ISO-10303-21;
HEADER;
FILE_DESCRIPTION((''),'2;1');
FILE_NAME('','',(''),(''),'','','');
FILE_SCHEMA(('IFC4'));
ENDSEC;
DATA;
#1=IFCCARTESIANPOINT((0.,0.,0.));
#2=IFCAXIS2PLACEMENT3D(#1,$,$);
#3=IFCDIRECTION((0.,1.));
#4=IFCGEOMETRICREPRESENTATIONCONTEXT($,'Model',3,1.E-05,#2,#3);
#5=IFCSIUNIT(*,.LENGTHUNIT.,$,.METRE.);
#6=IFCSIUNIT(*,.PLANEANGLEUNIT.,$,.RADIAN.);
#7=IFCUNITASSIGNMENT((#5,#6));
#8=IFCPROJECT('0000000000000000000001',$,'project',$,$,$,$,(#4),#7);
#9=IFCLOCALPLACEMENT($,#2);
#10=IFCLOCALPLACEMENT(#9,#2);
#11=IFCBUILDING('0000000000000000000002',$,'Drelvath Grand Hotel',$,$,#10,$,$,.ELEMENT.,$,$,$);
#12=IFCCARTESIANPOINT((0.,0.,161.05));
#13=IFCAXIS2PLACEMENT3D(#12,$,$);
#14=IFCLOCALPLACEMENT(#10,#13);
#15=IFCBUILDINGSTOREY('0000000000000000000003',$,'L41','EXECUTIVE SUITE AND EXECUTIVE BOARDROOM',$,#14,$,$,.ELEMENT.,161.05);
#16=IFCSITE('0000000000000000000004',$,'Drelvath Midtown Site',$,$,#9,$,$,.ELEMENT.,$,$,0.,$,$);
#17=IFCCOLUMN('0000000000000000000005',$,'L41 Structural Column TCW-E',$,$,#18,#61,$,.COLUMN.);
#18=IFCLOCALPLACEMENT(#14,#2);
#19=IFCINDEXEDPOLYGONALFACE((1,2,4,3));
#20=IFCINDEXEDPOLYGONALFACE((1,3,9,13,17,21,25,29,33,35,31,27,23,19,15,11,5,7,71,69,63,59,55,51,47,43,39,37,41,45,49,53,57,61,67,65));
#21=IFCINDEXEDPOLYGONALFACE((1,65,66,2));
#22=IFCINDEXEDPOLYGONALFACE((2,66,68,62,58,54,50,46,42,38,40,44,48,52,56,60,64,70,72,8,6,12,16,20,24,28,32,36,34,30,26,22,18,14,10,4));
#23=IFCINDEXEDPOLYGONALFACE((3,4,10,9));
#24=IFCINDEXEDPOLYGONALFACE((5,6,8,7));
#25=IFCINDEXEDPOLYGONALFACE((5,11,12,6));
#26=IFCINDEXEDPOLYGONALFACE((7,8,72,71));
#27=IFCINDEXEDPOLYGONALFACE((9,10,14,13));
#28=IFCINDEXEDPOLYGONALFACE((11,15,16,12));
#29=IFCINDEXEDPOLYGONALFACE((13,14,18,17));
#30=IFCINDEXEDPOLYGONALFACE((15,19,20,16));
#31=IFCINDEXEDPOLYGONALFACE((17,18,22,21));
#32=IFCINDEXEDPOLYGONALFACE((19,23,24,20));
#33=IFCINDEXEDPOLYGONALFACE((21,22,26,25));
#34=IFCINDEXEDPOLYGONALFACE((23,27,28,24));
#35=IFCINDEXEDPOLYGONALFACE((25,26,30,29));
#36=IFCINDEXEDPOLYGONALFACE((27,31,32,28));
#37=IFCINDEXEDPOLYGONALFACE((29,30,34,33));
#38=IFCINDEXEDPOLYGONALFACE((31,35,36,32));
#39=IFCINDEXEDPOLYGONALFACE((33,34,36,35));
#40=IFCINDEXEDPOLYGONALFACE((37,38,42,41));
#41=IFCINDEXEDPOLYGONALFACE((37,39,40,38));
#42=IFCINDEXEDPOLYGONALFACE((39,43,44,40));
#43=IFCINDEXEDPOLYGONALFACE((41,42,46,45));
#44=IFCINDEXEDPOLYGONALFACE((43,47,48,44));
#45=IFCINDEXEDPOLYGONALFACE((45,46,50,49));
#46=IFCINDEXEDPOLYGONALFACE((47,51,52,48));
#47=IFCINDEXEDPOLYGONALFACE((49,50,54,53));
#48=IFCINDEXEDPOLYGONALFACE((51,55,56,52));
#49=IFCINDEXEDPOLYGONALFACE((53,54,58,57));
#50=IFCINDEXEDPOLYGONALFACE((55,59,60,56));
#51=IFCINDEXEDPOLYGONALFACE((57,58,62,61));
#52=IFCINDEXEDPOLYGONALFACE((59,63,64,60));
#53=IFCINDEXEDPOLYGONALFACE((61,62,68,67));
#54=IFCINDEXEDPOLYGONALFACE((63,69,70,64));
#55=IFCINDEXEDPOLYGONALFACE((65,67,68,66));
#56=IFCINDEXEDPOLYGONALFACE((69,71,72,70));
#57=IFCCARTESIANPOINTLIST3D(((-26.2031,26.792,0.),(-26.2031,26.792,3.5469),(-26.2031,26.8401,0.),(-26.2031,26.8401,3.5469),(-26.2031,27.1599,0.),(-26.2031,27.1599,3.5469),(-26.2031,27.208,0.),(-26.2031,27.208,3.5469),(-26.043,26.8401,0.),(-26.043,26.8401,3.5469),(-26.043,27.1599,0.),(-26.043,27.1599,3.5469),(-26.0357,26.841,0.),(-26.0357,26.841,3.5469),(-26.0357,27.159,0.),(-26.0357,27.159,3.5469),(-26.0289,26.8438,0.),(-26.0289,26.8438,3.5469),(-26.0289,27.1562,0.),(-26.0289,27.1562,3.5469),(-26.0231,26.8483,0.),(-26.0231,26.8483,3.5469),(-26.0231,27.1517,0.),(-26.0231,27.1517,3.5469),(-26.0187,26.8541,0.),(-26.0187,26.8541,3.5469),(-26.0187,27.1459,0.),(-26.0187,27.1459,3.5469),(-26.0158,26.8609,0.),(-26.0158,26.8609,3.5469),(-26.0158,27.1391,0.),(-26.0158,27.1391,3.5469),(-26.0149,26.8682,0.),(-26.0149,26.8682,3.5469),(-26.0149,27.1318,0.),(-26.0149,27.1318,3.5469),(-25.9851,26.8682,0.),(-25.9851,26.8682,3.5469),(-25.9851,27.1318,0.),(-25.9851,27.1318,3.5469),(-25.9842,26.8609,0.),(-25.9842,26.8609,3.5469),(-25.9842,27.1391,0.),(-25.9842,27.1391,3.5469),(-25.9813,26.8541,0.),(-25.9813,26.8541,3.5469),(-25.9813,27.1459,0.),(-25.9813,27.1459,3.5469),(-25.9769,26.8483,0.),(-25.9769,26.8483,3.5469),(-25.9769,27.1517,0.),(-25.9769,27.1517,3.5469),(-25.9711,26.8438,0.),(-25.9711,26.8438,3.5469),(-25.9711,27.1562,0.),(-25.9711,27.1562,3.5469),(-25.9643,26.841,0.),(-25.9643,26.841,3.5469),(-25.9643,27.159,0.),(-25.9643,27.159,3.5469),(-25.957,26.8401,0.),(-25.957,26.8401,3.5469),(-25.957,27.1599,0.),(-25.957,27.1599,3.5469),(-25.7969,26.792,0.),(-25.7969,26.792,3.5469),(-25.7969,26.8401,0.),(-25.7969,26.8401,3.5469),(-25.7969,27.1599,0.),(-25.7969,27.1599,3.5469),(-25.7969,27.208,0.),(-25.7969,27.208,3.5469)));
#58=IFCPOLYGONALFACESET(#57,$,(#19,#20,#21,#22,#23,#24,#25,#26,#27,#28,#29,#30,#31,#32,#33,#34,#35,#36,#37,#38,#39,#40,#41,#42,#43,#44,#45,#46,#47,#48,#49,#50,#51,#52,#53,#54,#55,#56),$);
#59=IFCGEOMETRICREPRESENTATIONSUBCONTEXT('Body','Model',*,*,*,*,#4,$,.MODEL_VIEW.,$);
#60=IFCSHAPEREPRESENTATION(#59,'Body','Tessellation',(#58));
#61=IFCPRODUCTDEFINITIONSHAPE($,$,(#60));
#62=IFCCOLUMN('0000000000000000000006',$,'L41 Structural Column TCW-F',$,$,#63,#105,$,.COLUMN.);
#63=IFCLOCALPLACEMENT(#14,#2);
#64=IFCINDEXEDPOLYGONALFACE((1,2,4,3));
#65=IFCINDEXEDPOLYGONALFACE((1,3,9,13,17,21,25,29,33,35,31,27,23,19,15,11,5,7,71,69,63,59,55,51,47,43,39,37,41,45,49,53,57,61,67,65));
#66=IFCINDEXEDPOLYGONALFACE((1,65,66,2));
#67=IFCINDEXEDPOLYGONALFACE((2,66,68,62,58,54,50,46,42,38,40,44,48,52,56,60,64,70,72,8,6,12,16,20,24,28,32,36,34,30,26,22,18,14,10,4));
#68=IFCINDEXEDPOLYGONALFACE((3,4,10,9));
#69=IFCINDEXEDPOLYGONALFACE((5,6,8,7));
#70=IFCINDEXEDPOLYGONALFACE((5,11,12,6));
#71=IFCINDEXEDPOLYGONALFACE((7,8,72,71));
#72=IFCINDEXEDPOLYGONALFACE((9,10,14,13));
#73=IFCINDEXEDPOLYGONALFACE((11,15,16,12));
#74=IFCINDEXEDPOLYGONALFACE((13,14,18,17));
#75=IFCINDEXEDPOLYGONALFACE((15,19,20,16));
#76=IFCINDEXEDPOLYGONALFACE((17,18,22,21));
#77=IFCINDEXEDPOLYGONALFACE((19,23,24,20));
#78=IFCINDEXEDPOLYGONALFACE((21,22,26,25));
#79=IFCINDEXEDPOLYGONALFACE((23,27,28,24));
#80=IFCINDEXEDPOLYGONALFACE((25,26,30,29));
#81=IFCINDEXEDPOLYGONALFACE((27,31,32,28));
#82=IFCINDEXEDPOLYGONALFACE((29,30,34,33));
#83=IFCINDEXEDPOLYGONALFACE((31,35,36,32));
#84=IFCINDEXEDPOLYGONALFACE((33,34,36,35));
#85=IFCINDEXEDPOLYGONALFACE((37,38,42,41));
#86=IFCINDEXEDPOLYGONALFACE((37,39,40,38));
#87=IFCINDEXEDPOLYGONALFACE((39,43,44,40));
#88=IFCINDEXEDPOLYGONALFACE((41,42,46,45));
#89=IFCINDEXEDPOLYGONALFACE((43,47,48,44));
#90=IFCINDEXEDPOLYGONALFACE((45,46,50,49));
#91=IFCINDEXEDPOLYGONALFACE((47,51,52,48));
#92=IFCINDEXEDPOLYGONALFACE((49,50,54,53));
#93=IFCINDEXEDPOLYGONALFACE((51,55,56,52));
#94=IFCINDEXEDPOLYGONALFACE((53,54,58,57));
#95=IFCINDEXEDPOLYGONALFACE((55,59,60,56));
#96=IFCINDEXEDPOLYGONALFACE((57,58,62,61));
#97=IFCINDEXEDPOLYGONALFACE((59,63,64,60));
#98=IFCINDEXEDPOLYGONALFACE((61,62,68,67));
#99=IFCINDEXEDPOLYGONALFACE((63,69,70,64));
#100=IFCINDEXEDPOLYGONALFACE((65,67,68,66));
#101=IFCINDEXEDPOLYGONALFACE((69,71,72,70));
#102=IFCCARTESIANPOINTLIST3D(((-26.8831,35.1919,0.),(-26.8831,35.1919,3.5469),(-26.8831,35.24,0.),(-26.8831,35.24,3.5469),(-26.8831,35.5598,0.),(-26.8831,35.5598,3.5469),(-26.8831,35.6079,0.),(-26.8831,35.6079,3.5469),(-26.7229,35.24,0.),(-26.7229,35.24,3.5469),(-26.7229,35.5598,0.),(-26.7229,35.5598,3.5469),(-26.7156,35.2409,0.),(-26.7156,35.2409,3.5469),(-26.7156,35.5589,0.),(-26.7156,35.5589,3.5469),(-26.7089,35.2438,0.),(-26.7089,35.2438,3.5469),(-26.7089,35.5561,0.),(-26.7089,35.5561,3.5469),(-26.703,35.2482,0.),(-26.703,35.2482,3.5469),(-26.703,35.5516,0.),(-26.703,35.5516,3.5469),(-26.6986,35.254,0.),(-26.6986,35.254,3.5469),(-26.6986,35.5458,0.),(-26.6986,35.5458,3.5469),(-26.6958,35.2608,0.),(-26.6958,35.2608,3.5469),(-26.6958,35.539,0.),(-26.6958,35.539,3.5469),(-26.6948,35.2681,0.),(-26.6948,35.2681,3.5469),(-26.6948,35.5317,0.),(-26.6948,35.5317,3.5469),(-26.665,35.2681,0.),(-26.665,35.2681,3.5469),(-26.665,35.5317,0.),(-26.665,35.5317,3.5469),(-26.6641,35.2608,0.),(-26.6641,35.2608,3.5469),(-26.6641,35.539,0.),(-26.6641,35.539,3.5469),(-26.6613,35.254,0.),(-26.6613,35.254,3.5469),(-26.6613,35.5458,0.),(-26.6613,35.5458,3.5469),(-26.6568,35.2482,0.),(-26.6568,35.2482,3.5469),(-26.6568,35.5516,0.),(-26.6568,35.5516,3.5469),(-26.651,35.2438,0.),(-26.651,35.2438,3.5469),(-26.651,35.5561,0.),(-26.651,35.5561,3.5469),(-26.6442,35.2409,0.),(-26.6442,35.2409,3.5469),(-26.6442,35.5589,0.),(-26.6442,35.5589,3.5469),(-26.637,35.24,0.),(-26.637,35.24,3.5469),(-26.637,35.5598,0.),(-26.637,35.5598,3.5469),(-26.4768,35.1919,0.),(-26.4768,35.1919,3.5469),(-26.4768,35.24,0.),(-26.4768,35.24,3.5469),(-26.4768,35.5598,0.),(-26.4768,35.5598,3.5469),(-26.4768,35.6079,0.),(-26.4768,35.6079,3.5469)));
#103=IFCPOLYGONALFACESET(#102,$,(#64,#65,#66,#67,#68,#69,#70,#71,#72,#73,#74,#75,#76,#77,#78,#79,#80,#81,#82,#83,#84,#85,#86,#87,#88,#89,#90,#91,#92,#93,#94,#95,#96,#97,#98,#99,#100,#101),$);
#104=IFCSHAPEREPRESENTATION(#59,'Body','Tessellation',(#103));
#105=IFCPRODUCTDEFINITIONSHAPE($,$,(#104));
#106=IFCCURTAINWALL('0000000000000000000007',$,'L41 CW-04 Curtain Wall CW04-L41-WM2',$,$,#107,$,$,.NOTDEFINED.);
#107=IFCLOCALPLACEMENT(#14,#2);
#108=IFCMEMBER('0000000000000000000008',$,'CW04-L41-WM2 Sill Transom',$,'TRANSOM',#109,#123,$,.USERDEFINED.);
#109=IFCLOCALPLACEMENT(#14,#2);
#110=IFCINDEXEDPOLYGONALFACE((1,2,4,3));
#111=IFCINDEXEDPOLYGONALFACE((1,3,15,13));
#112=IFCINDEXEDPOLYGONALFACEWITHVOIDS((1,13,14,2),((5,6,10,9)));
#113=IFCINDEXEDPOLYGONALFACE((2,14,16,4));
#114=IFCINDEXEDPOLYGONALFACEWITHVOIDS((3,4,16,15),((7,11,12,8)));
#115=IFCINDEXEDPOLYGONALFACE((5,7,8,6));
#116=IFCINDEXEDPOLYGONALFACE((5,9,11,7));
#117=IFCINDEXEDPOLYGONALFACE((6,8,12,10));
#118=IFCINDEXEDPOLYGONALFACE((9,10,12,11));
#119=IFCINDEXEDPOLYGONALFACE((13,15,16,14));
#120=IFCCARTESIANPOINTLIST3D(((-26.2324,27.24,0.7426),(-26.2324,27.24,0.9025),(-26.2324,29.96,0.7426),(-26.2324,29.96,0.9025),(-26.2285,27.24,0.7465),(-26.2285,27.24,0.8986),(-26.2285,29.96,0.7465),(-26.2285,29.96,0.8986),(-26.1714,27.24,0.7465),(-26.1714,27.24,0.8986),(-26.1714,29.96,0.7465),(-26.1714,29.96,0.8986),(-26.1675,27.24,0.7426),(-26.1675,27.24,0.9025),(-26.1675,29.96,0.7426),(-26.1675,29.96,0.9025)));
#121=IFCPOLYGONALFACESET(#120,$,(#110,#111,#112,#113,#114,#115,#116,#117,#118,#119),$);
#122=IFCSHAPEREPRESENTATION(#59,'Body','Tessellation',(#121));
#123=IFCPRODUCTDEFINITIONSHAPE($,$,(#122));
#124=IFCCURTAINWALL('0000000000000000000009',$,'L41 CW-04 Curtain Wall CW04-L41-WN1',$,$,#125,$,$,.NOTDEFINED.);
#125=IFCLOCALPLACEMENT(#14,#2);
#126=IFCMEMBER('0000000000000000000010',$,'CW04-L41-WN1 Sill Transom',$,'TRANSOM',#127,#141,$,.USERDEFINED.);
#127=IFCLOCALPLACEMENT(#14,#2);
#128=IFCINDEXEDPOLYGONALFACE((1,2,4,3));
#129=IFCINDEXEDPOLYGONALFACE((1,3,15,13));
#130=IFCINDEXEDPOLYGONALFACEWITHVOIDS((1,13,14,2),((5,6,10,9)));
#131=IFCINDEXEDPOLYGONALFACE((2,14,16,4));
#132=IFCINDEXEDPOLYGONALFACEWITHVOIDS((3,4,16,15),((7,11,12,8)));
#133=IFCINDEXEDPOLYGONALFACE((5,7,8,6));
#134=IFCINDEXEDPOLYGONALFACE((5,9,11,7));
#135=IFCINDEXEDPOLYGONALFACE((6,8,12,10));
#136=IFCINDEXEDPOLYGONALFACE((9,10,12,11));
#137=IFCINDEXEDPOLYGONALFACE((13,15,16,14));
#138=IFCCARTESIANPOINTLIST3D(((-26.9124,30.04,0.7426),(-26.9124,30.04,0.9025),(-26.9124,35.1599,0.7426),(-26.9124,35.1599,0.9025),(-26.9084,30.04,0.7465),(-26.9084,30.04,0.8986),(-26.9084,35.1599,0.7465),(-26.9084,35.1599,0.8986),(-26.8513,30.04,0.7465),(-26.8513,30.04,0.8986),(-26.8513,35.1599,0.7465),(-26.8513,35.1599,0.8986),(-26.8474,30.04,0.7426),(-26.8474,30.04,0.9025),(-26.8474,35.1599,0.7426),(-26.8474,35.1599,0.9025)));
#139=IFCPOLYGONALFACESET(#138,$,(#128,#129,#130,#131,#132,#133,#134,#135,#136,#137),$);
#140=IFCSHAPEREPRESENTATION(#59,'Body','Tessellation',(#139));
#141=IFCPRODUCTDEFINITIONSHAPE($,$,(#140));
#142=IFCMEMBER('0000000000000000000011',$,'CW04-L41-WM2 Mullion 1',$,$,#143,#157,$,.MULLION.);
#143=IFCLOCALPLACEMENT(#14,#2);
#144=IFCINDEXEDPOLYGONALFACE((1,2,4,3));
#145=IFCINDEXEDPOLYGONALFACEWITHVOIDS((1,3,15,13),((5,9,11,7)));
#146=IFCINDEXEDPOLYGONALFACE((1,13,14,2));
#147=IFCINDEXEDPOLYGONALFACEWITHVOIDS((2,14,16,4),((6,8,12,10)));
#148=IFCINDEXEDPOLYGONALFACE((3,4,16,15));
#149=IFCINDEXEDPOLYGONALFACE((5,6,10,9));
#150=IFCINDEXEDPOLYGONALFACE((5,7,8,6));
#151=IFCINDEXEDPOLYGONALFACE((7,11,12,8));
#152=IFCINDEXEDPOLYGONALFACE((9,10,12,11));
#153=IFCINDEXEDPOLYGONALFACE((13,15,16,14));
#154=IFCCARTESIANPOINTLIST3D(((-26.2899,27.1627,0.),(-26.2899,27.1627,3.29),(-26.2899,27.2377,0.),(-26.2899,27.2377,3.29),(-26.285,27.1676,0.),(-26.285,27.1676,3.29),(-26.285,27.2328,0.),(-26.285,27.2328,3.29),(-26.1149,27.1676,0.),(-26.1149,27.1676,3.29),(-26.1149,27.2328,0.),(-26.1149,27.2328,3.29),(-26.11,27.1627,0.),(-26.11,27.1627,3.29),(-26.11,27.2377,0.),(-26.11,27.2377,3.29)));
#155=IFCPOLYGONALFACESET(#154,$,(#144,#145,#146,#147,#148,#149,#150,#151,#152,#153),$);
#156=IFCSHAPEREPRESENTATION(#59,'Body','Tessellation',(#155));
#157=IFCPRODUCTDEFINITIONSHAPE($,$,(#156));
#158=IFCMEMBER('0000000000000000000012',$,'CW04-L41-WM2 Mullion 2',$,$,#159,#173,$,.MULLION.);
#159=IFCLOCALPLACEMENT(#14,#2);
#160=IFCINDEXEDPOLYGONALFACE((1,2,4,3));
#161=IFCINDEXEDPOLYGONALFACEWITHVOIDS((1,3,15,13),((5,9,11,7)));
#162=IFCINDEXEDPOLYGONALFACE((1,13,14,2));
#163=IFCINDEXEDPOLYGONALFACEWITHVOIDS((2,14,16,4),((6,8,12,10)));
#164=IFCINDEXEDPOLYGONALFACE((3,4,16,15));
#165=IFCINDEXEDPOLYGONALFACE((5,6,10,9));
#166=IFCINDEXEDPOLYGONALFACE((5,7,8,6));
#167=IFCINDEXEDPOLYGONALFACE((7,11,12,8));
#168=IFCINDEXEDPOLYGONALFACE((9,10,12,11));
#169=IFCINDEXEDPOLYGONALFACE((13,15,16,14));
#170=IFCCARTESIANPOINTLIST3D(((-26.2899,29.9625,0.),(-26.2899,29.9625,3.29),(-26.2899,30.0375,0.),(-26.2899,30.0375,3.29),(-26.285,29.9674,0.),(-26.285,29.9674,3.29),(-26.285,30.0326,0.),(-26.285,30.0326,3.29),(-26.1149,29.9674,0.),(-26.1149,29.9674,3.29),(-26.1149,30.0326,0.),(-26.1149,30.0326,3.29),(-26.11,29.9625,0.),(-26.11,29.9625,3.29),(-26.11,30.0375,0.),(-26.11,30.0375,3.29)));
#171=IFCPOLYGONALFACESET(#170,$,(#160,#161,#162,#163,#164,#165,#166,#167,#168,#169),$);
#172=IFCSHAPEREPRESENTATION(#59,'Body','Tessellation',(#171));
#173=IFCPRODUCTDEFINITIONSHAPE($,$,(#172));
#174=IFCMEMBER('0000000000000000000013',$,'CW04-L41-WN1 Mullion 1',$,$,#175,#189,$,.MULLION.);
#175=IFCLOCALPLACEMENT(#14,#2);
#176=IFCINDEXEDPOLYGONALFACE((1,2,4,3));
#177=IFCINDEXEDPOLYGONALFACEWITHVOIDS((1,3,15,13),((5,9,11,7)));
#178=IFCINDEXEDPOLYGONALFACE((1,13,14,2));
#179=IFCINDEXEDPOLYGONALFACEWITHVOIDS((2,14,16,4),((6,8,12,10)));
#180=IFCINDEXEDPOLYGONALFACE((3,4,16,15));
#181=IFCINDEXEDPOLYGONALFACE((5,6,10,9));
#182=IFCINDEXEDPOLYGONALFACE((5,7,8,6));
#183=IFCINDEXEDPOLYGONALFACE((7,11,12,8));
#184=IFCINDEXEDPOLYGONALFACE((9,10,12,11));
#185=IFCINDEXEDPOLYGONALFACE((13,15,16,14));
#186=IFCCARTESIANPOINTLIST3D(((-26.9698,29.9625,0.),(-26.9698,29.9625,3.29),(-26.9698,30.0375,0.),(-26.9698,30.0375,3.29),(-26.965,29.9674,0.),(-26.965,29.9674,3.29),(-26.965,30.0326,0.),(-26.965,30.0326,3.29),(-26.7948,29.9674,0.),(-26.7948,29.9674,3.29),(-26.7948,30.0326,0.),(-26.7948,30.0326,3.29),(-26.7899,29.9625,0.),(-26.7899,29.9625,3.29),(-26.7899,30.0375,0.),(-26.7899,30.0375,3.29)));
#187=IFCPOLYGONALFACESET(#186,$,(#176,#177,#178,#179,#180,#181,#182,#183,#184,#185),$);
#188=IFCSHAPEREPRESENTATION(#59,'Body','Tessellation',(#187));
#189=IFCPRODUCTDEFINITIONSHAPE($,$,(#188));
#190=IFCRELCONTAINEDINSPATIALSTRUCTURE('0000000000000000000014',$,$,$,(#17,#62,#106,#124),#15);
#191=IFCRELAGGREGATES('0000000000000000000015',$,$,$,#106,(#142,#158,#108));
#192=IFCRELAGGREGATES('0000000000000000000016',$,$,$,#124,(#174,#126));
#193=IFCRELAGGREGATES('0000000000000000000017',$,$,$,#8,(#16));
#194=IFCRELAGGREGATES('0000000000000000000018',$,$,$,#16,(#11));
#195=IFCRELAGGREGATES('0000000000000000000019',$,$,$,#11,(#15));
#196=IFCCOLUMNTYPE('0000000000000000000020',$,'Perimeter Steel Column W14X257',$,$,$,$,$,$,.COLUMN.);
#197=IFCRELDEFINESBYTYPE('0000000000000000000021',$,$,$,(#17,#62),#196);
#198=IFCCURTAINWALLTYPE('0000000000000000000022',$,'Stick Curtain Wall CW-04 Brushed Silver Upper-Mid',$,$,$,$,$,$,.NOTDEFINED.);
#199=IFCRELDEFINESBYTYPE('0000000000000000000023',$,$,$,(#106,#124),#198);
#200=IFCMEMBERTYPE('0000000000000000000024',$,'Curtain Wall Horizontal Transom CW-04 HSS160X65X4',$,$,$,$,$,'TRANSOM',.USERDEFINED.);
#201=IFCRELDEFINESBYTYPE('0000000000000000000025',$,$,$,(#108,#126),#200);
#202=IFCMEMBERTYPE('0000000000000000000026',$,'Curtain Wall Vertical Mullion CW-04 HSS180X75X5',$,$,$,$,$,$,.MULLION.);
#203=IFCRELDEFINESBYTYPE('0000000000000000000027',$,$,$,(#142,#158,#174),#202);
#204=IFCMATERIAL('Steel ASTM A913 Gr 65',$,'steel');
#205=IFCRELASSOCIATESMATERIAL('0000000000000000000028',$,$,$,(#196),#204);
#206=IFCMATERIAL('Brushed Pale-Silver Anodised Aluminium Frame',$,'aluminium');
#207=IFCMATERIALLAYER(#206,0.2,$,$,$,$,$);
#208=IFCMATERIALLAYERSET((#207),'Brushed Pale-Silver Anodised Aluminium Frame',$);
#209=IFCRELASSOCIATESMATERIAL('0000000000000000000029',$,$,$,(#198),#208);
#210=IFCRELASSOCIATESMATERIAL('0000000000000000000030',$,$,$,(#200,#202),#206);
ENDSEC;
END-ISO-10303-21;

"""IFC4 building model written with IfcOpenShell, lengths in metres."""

from ifc_helpers import new_model, si_unit, direction, frame, origin, origin_2d, place, context, subcontext, project, spatial, hollow_rectangle, i_section, extrude, material, layer, layer_set, material_profile, profile_set, type_object, element, aggregate, save


model = new_model("IFC4")

# Units and contexts
model_context = context("Model", 3, precision=1e-05, world=origin(), true_north=direction((0.0, 1.0)))
body_context = subcontext(model_context, "Body", "Model", "MODEL_VIEW")
ifc_project = project(units=[si_unit("LENGTHUNIT", "METRE"), si_unit("PLANEANGLEUNIT", "RADIAN")], contexts=[model_context])

# Site, building, storey
site_placement = place(None, origin())
site = spatial("IfcSite", under=ifc_project, at=site_placement, Name="Drelvath Midtown Site", CompositionType="ELEMENT", RefElevation=0.0)
building_placement = place(site_placement, origin())
building = spatial("IfcBuilding", under=site, at=building_placement, Name="Drelvath Grand Hotel", CompositionType="ELEMENT")
storey_placement = place(building_placement, frame((0.0, 0.0, 161.05)))
storey = spatial("IfcBuildingStorey", under=building, at=storey_placement, Name="L41", Description="EXECUTIVE SUITE AND EXECUTIVE BOARDROOM", CompositionType="ELEMENT", Elevation=161.05)

# Columns
ifc_material_1 = material(Name="Steel ASTM A913 Gr 65", Category="steel")
ifc_material_profile_1 = material_profile(ifc_material_1, i_section(OverallWidth=0.4062, OverallDepth=0.416, WebThickness=0.0298, FlangeThickness=0.0481, FilletRadius=0.0281, at=origin_2d()), Name="W14X257")
ifc_profile_set_1 = profile_set([ifc_material_profile_1], Name="Steel ASTM A913 Gr 65")
column_type = type_object("IfcColumnType", Name="Perimeter Steel Column W14X257", PredefinedType="COLUMN", material=ifc_profile_set_1)
for number, where, z_axis, x_axis, name in (
    (1, (-26.0, 27.0, 0.0), (0.0, 0.0, 1.0), (1.0, 0.0, 0.0), "L41 Structural Column TCW-E"),
    (2, (-26.6799, 35.3999, 0.0), (0.0, 0.0, 1.0), (1.0, 0.0, 0.0), "L41 Structural Column TCW-F"),
):
    element("IfcColumn", number, at=place(storey_placement, frame(where, z_axis=z_axis, x_axis=x_axis)), inside=storey, type_object=column_type, Name=name, PredefinedType="COLUMN", context=body_context, shape_type="SweptSolid", body=[
        extrude(i_section(OverallWidth=0.4062, OverallDepth=0.416, WebThickness=0.0298, FlangeThickness=0.0481, FilletRadius=0.0281, at=origin_2d()), origin(), (0.0, 0.0, 1.0), 3.5469),
    ])

# Curtain walls, members
ifc_material_2 = material(Name="Brushed Pale-Silver Anodised Aluminium Frame", Category="aluminium")
ifc_layer_1 = layer(ifc_material_2, 0.2)
ifc_layer_set_1 = layer_set([ifc_layer_1], Name="Brushed Pale-Silver Anodised Aluminium Frame")
curtain_wall_type = type_object("IfcCurtainWallType", Name="Stick Curtain Wall CW-04 Brushed Silver Upper-Mid", PredefinedType="NOTDEFINED", material=ifc_layer_set_1)
curtain_wall_1_placement = place(storey_placement, origin())
curtain_wall_1 = element("IfcCurtainWall", 3, at=curtain_wall_1_placement, inside=storey, type_object=curtain_wall_type, Name="L41 CW-04 Curtain Wall CW04-L41-WM2", PredefinedType="NOTDEFINED")
ifc_material_profile_2 = material_profile(ifc_material_2, hollow_rectangle(XDim=0.0649, YDim=0.1599, WallThickness=0.0039, at=origin_2d()), Name="HSS160X65X4")
ifc_profile_set_2 = profile_set([ifc_material_profile_2], Name="Brushed Pale-Silver Anodised Aluminium Frame")
member_type_1 = type_object("IfcMemberType", Name="Curtain Wall Horizontal Transom CW-04 HSS160X65X4", ElementType="TRANSOM", PredefinedType="USERDEFINED", material=ifc_profile_set_2)
member_1_placement = place(storey_placement, frame((-26.2, 27.24, 0.8225), z_axis=(0.0, 1.0, 0.0), x_axis=(-1.0, 0.0, 0.0)))
member_1 = element("IfcMember", 4, at=member_1_placement, type_object=member_type_1, Name="CW04-L41-WM2 Sill Transom", ObjectType="TRANSOM", PredefinedType="USERDEFINED", context=body_context, shape_type="SweptSolid", body=[
    extrude(hollow_rectangle(XDim=0.0649, YDim=0.1599, WallThickness=0.0039, at=origin_2d()), origin(), (0.0, 0.0, 1.0), 2.72),
])
curtain_wall_2_placement = place(storey_placement, origin())
curtain_wall_2 = element("IfcCurtainWall", 5, at=curtain_wall_2_placement, inside=storey, type_object=curtain_wall_type, Name="L41 CW-04 Curtain Wall CW04-L41-WN1", PredefinedType="NOTDEFINED")
member_2_placement = place(storey_placement, frame((-26.8799, 30.04, 0.8225), z_axis=(0.0, 1.0, 0.0), x_axis=(-1.0, 0.0, 0.0)))
member_2 = element("IfcMember", 6, at=member_2_placement, type_object=member_type_1, Name="CW04-L41-WN1 Sill Transom", ObjectType="TRANSOM", PredefinedType="USERDEFINED", context=body_context, shape_type="SweptSolid", body=[
    extrude(hollow_rectangle(XDim=0.0649, YDim=0.1599, WallThickness=0.0039, at=origin_2d()), origin(), (0.0, 0.0, 1.0), 5.1199),
])

# Members
ifc_material_profile_3 = material_profile(ifc_material_2, hollow_rectangle(XDim=0.075, YDim=0.1799, WallThickness=0.0049, at=origin_2d()), Name="HSS180X75X5")
ifc_profile_set_3 = profile_set([ifc_material_profile_3], Name="Brushed Pale-Silver Anodised Aluminium Frame")
member_type_2 = type_object("IfcMemberType", Name="Curtain Wall Vertical Mullion CW-04 HSS180X75X5", PredefinedType="MULLION", material=ifc_profile_set_3)
member_3_placement = place(storey_placement, frame((-26.2, 27.2002, 0.0), z_axis=(0.0, 0.0, 1.0), x_axis=(0.0, 1.0, 0.0)))
member_3 = element("IfcMember", 7, at=member_3_placement, type_object=member_type_2, Name="CW04-L41-WM2 Mullion 1", PredefinedType="MULLION", context=body_context, shape_type="SweptSolid", body=[
    extrude(hollow_rectangle(XDim=0.075, YDim=0.1799, WallThickness=0.0049, at=origin_2d()), origin(), (0.0, 0.0, 1.0), 3.29),
])
member_4_placement = place(storey_placement, frame((-26.2, 30.0, 0.0), z_axis=(0.0, 0.0, 1.0), x_axis=(0.0, 1.0, 0.0)))
member_4 = element("IfcMember", 8, at=member_4_placement, type_object=member_type_2, Name="CW04-L41-WM2 Mullion 2", PredefinedType="MULLION", context=body_context, shape_type="SweptSolid", body=[
    extrude(hollow_rectangle(XDim=0.075, YDim=0.1799, WallThickness=0.0049, at=origin_2d()), origin(), (0.0, 0.0, 1.0), 3.29),
])
member_5_placement = place(storey_placement, frame((-26.8799, 30.0, 0.0), z_axis=(0.0, 0.0, 1.0), x_axis=(0.0, 1.0, 0.0)))
member_5 = element("IfcMember", 9, at=member_5_placement, type_object=member_type_2, Name="CW04-L41-WN1 Mullion 1", PredefinedType="MULLION", context=body_context, shape_type="SweptSolid", body=[
    extrude(hollow_rectangle(XDim=0.075, YDim=0.1799, WallThickness=0.0049, at=origin_2d()), origin(), (0.0, 0.0, 1.0), 3.29),
])

aggregate(curtain_wall_1, [member_3, member_4, member_1])
aggregate(curtain_wall_2, [member_5, member_2])

save(model, "model.ifc")
